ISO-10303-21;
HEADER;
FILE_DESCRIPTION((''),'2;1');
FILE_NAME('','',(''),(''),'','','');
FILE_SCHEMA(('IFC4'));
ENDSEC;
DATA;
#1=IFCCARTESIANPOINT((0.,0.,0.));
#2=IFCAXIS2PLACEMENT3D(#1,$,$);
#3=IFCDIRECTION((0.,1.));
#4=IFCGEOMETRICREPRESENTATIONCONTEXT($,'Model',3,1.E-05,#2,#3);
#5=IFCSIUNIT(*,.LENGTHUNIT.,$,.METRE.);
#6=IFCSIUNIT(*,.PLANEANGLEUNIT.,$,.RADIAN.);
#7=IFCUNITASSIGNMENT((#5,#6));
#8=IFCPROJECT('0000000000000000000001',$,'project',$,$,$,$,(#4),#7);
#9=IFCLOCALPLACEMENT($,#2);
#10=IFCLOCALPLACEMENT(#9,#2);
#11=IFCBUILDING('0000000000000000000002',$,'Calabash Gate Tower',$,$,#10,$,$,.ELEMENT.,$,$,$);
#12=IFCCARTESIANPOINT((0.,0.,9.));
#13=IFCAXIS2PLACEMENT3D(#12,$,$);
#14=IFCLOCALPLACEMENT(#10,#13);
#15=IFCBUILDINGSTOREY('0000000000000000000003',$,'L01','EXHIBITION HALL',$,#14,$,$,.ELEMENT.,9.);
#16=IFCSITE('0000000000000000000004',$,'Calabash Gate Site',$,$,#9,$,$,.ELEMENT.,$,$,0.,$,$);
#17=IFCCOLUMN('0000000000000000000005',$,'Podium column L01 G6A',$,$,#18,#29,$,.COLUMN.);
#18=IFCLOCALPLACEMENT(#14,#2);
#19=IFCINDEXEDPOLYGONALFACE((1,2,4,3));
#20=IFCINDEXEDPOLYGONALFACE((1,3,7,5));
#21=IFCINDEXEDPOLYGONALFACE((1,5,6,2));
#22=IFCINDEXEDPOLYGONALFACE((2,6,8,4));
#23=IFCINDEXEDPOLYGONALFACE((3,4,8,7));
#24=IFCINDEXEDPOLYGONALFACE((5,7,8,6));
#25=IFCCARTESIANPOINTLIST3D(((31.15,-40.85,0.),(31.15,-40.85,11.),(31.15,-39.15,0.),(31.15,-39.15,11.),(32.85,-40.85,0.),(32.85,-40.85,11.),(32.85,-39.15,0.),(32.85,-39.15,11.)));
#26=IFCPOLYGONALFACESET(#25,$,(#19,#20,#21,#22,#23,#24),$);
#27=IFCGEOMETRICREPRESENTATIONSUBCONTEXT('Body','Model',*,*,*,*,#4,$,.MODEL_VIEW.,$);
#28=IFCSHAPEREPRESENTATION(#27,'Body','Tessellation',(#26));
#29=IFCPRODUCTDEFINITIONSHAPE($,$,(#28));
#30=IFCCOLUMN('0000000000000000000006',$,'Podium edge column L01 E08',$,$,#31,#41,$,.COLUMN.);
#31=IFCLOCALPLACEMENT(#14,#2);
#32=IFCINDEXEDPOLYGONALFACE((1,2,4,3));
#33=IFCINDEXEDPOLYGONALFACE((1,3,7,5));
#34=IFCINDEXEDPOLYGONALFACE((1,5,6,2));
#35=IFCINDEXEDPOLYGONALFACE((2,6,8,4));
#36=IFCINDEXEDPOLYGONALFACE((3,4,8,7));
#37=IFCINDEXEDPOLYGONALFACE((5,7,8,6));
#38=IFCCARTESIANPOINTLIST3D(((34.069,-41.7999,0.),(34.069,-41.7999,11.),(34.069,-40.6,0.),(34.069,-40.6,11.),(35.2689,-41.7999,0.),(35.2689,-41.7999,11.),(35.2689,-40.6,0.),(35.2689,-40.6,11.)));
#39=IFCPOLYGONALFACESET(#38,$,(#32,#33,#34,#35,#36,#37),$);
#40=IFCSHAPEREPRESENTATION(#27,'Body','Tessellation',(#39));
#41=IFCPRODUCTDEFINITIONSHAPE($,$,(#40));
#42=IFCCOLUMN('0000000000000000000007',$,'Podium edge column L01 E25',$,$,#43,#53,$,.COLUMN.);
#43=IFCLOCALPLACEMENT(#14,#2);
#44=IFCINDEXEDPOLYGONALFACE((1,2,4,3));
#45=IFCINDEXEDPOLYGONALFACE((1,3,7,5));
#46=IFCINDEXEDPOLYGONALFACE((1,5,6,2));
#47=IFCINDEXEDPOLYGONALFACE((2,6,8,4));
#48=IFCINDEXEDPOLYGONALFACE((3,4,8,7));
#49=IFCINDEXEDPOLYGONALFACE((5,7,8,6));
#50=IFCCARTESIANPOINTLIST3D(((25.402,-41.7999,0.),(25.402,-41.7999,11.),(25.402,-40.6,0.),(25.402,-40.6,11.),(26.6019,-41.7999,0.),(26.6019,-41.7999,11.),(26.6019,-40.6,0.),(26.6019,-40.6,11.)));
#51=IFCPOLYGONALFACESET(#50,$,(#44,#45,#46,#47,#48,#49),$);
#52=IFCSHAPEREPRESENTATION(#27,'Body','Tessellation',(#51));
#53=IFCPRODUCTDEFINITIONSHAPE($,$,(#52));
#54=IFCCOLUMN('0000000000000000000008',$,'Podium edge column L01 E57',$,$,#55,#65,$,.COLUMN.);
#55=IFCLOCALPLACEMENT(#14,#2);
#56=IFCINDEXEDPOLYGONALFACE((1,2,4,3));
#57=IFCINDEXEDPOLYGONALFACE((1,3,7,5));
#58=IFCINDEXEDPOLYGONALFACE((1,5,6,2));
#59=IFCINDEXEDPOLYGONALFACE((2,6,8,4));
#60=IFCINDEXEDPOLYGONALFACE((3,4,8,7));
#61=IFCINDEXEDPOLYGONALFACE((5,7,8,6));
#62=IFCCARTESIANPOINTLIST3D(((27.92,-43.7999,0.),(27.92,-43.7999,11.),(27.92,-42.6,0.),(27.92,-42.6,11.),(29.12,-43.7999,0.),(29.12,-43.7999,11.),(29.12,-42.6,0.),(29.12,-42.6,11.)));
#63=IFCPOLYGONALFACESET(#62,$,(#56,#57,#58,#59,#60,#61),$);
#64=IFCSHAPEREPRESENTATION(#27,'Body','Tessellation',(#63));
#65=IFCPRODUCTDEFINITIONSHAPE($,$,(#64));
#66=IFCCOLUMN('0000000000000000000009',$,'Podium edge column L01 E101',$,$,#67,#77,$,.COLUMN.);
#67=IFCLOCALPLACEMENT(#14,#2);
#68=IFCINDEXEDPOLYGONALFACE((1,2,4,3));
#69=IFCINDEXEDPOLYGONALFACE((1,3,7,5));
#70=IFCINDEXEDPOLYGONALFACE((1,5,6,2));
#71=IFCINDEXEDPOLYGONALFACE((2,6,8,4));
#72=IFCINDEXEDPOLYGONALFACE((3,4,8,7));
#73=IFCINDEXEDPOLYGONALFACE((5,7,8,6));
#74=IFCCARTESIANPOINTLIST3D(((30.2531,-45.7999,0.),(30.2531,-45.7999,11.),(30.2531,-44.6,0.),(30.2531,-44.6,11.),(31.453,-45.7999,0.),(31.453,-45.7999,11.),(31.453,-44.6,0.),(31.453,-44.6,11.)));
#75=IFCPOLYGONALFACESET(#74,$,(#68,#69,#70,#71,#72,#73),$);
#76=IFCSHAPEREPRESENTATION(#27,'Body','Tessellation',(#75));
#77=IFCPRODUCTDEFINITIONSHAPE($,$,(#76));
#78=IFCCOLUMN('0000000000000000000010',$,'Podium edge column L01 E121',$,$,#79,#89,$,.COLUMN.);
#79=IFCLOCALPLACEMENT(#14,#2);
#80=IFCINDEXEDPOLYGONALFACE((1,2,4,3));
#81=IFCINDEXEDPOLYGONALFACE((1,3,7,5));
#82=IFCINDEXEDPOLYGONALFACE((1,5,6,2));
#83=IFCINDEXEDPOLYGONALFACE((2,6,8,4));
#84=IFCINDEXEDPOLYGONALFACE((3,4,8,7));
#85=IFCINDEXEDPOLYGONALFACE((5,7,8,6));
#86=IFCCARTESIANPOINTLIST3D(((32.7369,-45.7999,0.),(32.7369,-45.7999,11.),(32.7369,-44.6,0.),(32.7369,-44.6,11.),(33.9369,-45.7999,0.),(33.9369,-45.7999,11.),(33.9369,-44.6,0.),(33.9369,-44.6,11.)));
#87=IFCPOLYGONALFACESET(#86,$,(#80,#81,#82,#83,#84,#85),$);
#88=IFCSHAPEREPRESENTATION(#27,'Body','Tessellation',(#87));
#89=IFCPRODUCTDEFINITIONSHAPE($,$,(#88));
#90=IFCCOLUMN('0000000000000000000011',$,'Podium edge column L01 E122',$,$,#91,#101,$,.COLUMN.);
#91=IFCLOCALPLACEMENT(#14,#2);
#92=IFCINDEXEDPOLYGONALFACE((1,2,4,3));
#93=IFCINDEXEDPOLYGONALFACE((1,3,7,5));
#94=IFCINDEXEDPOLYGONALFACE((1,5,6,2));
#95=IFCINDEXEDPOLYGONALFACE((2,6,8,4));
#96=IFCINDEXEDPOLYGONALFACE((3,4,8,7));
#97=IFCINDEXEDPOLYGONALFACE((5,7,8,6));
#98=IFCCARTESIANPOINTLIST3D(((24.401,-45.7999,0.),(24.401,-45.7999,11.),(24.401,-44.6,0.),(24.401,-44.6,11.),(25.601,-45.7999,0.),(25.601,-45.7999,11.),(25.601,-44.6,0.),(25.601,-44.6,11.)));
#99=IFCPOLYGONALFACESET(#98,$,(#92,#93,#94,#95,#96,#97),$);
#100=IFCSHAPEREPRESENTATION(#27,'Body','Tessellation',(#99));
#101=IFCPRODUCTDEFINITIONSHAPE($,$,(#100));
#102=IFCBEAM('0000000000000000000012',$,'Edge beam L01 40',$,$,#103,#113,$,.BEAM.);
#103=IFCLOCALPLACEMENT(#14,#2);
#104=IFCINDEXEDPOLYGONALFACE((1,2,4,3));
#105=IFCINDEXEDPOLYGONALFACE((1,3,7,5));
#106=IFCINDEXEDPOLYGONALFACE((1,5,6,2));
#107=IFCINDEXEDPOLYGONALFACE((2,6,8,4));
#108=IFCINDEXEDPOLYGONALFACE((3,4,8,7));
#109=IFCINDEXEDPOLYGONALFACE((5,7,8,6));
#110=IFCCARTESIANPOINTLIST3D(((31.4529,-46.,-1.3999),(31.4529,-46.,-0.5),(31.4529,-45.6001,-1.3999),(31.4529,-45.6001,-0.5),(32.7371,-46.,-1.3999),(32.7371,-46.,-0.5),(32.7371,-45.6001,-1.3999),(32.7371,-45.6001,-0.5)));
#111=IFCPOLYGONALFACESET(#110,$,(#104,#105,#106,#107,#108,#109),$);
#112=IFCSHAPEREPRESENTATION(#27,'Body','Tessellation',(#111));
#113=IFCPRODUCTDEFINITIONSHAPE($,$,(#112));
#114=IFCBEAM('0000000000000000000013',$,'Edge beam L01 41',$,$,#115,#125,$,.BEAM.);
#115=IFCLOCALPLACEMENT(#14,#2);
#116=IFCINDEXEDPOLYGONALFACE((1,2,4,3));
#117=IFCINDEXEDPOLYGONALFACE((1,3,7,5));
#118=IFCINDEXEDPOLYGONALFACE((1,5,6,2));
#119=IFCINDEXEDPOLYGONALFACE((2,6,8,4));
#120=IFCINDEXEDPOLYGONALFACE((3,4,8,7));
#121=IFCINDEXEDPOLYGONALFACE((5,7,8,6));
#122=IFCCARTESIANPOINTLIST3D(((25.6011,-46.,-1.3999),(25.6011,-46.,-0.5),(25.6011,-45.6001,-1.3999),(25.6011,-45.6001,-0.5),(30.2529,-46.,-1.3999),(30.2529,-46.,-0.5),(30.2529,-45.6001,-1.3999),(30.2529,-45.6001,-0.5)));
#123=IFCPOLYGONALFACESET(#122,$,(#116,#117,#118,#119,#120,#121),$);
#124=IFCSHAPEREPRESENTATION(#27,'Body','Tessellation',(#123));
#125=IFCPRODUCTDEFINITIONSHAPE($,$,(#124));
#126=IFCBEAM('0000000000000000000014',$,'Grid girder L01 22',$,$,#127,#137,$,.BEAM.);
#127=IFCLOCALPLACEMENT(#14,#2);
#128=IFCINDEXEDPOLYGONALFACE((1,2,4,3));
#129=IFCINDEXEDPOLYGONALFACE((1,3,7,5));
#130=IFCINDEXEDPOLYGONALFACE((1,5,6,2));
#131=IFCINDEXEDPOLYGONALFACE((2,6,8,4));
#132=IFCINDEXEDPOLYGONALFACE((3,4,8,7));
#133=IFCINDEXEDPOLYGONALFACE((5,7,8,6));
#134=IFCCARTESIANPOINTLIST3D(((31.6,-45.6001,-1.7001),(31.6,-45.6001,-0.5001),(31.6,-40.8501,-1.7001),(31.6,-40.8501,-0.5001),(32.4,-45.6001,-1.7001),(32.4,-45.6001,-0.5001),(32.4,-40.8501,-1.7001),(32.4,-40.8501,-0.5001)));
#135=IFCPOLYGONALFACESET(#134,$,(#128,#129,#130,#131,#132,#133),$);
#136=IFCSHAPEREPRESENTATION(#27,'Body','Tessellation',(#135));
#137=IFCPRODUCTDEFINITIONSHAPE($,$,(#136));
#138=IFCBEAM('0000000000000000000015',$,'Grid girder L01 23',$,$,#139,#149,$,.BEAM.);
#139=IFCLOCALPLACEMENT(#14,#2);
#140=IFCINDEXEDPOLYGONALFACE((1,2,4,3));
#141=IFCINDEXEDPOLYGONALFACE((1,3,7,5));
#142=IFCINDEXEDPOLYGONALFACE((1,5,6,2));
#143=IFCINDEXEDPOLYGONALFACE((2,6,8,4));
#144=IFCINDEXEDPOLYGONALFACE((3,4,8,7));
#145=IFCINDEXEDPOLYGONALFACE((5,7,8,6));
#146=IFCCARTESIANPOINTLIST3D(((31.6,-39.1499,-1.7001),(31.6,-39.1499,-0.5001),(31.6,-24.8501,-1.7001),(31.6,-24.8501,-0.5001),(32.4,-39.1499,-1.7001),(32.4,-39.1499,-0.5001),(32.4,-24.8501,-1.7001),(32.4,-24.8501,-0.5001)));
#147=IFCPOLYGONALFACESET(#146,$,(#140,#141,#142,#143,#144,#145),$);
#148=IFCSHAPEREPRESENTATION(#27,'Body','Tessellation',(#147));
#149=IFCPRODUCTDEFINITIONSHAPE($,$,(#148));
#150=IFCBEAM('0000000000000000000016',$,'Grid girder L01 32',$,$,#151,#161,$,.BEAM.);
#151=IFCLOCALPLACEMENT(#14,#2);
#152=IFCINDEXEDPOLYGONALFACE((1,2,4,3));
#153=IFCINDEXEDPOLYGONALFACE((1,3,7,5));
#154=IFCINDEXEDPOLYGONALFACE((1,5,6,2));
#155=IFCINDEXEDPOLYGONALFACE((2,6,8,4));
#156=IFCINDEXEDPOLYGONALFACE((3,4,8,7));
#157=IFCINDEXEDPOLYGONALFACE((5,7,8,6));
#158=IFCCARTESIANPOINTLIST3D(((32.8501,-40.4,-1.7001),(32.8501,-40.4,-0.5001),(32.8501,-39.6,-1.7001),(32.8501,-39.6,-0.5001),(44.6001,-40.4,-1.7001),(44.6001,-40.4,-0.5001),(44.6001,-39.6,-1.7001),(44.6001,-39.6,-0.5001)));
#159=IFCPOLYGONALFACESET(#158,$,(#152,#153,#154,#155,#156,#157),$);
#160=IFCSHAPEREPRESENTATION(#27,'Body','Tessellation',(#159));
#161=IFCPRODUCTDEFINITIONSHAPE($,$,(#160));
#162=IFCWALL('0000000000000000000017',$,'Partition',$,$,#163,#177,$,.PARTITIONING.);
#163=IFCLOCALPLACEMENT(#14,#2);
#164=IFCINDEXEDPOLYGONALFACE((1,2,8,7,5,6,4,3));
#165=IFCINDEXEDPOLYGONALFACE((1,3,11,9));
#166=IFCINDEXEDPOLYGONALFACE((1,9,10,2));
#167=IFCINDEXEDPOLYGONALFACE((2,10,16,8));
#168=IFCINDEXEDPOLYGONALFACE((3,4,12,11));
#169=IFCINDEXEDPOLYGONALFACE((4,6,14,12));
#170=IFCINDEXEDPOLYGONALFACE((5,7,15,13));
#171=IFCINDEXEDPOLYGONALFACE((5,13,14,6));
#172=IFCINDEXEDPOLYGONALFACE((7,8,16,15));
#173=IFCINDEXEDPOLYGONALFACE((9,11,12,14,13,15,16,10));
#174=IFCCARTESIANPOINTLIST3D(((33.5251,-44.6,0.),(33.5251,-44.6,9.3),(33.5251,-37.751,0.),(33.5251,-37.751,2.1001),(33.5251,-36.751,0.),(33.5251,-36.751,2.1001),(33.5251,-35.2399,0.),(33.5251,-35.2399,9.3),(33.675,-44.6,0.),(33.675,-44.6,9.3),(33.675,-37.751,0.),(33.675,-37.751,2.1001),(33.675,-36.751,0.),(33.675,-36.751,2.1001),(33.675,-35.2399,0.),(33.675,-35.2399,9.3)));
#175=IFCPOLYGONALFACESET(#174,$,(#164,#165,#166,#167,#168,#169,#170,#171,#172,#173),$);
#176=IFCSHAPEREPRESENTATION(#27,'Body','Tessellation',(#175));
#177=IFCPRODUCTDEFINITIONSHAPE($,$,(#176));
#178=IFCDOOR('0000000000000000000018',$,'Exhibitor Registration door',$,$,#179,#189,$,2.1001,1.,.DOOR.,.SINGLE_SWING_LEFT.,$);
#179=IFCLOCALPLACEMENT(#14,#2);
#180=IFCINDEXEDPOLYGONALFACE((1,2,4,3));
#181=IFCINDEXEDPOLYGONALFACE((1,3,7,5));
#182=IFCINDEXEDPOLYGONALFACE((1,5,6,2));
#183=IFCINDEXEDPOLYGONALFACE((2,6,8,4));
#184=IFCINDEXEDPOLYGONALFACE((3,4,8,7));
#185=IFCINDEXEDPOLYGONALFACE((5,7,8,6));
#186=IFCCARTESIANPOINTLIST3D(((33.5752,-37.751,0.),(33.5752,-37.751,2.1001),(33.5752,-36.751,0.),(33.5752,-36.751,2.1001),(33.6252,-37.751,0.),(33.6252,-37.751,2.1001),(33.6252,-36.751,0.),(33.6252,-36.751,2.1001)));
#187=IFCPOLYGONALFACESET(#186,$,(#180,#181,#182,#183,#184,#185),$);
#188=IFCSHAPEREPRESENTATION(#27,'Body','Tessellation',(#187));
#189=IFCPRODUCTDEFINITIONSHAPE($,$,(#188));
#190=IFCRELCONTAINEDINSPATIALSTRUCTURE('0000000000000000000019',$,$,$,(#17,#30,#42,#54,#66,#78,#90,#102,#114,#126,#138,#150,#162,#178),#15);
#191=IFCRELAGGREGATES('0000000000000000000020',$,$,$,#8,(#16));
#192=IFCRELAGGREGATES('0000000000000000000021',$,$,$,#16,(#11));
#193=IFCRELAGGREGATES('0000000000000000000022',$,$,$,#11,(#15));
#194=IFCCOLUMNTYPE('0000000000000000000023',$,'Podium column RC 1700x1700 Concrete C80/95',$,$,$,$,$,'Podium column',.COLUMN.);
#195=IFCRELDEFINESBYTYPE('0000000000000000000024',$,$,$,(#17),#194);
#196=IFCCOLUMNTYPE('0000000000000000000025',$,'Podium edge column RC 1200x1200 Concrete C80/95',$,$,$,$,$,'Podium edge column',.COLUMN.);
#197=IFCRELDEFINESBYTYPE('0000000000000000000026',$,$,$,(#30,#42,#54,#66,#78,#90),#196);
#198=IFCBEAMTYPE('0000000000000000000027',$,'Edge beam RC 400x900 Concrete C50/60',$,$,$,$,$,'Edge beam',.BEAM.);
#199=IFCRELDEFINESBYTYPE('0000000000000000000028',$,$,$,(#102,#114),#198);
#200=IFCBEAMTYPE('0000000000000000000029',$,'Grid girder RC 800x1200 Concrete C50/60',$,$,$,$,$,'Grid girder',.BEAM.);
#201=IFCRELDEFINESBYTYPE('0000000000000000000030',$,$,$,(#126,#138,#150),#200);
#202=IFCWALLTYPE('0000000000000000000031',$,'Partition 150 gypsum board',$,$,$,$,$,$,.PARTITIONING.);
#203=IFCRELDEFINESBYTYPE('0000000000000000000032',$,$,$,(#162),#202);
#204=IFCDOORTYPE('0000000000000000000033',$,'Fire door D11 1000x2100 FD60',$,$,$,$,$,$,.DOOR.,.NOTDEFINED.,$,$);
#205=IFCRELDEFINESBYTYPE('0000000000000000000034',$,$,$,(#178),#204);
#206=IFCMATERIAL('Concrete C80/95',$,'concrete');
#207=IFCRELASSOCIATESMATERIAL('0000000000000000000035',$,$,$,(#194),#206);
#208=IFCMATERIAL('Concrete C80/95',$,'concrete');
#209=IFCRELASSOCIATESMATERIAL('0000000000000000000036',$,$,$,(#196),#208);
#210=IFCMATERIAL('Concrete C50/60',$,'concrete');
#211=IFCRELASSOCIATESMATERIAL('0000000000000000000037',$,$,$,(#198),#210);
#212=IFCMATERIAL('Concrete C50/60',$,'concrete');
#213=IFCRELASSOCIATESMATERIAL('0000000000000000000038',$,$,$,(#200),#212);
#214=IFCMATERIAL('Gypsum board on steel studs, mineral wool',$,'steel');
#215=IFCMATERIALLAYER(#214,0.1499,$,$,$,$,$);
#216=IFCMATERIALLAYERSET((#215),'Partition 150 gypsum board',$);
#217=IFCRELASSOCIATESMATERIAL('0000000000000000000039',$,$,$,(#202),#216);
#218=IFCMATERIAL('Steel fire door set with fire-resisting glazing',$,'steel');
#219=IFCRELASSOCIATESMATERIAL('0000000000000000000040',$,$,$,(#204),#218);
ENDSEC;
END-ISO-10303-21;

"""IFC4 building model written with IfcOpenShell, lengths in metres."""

from ifc_helpers import new_model, si_unit, direction, frame, frame_2d, origin, origin_2d, place, context, subcontext, project, spatial, rectangle, extrude, material, layer, layer_set, material_profile, profile_set, type_object, element, fill, save


model = new_model("IFC4")

# Units and contexts
model_context = context("Model", 3, precision=1e-05, world=origin(), true_north=direction((0.0, 1.0)))
body_context = subcontext(model_context, "Body", "Model", "MODEL_VIEW")
ifc_project = project(units=[si_unit("LENGTHUNIT", "METRE"), si_unit("PLANEANGLEUNIT", "RADIAN")], contexts=[model_context])

# Site, building, storey
site_placement = place(None, origin())
site = spatial("IfcSite", under=ifc_project, at=site_placement, Name="Calabash Gate Site", CompositionType="ELEMENT", RefElevation=0.0)
building_placement = place(site_placement, origin())
building = spatial("IfcBuilding", under=site, at=building_placement, Name="Calabash Gate Tower", CompositionType="ELEMENT")
storey_placement = place(building_placement, frame((0.0, 0.0, 9.0)))
storey = spatial("IfcBuildingStorey", under=building, at=storey_placement, Name="L01", Description="EXHIBITION HALL", CompositionType="ELEMENT", Elevation=9.0)

# Columns
ifc_material_1 = material(Name="Concrete C80/95", Category="concrete")
ifc_material_profile_1 = material_profile(ifc_material_1, rectangle(XDim=1.7, YDim=1.7, at=origin_2d()))
ifc_profile_set_1 = profile_set([ifc_material_profile_1], Name="Concrete C80/95")
column_type_1 = type_object("IfcColumnType", Name="Podium column RC 1700x1700 Concrete C80/95", ElementType="Podium column", PredefinedType="COLUMN", material=ifc_profile_set_1)
column_placement = place(storey_placement, frame((32.0, -40.0, 0.0), z_axis=(0.0, 0.0, 1.0), x_axis=(1.0, 0.0, 0.0)))
element("IfcColumn", 1, at=column_placement, inside=storey, type_object=column_type_1, Name="Podium column L01 G6A", PredefinedType="COLUMN", context=body_context, shape_type="SweptSolid", body=[
    extrude(rectangle(XDim=1.7, YDim=1.7, at=origin_2d()), origin(), (0.0, 0.0, 1.0), 11.0),
])
ifc_material_2 = material(Name="Concrete C80/95", Category="concrete")
ifc_material_profile_2 = material_profile(ifc_material_2, rectangle(XDim=1.2, YDim=1.2, at=origin_2d()))
ifc_profile_set_2 = profile_set([ifc_material_profile_2], Name="Concrete C80/95")
column_type_2 = type_object("IfcColumnType", Name="Podium edge column RC 1200x1200 Concrete C80/95", ElementType="Podium edge column", PredefinedType="COLUMN", material=ifc_profile_set_2)
for number, where, z_axis, x_axis, name in (
    (2, (34.6689, -41.2, 0.0), (0.0, 0.0, 1.0), (1.0, 0.0, 0.0), "Podium edge column L01 E08"),
    (3, (26.002, -41.2, 0.0), (0.0, 0.0, 1.0), (1.0, 0.0, 0.0), "Podium edge column L01 E25"),
    (4, (28.52, -43.2, 0.0), (0.0, 0.0, 1.0), (1.0, 0.0, 0.0), "Podium edge column L01 E57"),
    (5, (30.853, -45.2, 0.0), (0.0, 0.0, 1.0), (1.0, 0.0, 0.0), "Podium edge column L01 E101"),
    (6, (33.3369, -45.2, 0.0), (0.0, 0.0, 1.0), (1.0, 0.0, 0.0), "Podium edge column L01 E121"),
    (7, (25.001, -45.2, 0.0), (0.0, 0.0, 1.0), (1.0, 0.0, 0.0), "Podium edge column L01 E122"),
):
    element("IfcColumn", number, at=place(storey_placement, frame(where, z_axis=z_axis, x_axis=x_axis)), inside=storey, type_object=column_type_2, Name=name, PredefinedType="COLUMN", context=body_context, shape_type="SweptSolid", body=[
        extrude(rectangle(XDim=1.2, YDim=1.2, at=origin_2d()), origin(), (0.0, 0.0, 1.0), 11.0),
    ])

# Beams
ifc_material_3 = material(Name="Concrete C50/60", Category="concrete")
ifc_material_profile_3 = material_profile(ifc_material_3, rectangle(XDim=0.3999, YDim=0.8999, at=origin_2d()))
ifc_profile_set_3 = profile_set([ifc_material_profile_3], Name="Concrete C50/60")
beam_type_1 = type_object("IfcBeamType", Name="Edge beam RC 400x900 Concrete C50/60", ElementType="Edge beam", PredefinedType="BEAM", material=ifc_profile_set_3)
beam_1_placement = place(storey_placement, frame((32.7371, -45.8, -0.95), z_axis=(-1.0, 0.0, 0.0), x_axis=(0.0, -1.0, 0.0)))
element("IfcBeam", 8, at=beam_1_placement, inside=storey, type_object=beam_type_1, Name="Edge beam L01 40", PredefinedType="BEAM", context=body_context, shape_type="SweptSolid", body=[
    extrude(rectangle(XDim=0.3999, YDim=0.8999, at=origin_2d()), origin(), (0.0, 0.0, 1.0), 1.2842),
])
beam_2_placement = place(storey_placement, frame((30.2529, -45.8, -0.95), z_axis=(-1.0, 0.0, 0.0), x_axis=(0.0, -1.0, 0.0)))
element("IfcBeam", 9, at=beam_2_placement, inside=storey, type_object=beam_type_1, Name="Edge beam L01 41", PredefinedType="BEAM", context=body_context, shape_type="SweptSolid", body=[
    extrude(rectangle(XDim=0.3999, YDim=0.8999, at=origin_2d()), origin(), (0.0, 0.0, 1.0), 4.6519),
])
ifc_material_4 = material(Name="Concrete C50/60", Category="concrete")
ifc_material_profile_4 = material_profile(ifc_material_4, rectangle(XDim=0.8, YDim=1.2, at=origin_2d()))
ifc_profile_set_4 = profile_set([ifc_material_profile_4], Name="Concrete C50/60")
beam_type_2 = type_object("IfcBeamType", Name="Grid girder RC 800x1200 Concrete C50/60", ElementType="Grid girder", PredefinedType="BEAM", material=ifc_profile_set_4)
beam_3_placement = place(storey_placement, frame((32.0, -45.6001, -1.1001), z_axis=(0.0, 1.0, 0.0), x_axis=(-1.0, 0.0, 0.0)))
element("IfcBeam", 10, at=beam_3_placement, inside=storey, type_object=beam_type_2, Name="Grid girder L01 22", PredefinedType="BEAM", context=body_context, shape_type="SweptSolid", body=[
    extrude(rectangle(XDim=0.8, YDim=1.2, at=origin_2d()), origin(), (0.0, 0.0, 1.0), 4.75),
])
beam_4_placement = place(storey_placement, frame((32.0, -39.1499, -1.1001), z_axis=(0.0, 1.0, 0.0), x_axis=(-1.0, 0.0, 0.0)))
element("IfcBeam", 11, at=beam_4_placement, inside=storey, type_object=beam_type_2, Name="Grid girder L01 23", PredefinedType="BEAM", context=body_context, shape_type="SweptSolid", body=[
    extrude(rectangle(XDim=0.8, YDim=1.2, at=origin_2d()), origin(), (0.0, 0.0, 1.0), 14.2998),
])
beam_5_placement = place(storey_placement, frame((32.8501, -40.0, -1.1001), z_axis=(1.0, 0.0, 0.0), x_axis=(0.0, 1.0, 0.0)))
element("IfcBeam", 12, at=beam_5_placement, inside=storey, type_object=beam_type_2, Name="Grid girder L01 32", PredefinedType="BEAM", context=body_context, shape_type="SweptSolid", body=[
    extrude(rectangle(XDim=0.8, YDim=1.2, at=origin_2d()), origin(), (0.0, 0.0, 1.0), 11.75),
])

# Wall, opening, door
ifc_material_5 = material(Name="Gypsum board on steel studs, mineral wool", Category="steel")
ifc_layer_1 = layer(ifc_material_5, 0.1499)
ifc_layer_set_1 = layer_set([ifc_layer_1], Name="Partition 150 gypsum board")
wall_type_1 = type_object("IfcWallType", Name="Partition 150 gypsum board", PredefinedType="PARTITIONING", material=ifc_layer_set_1)
wall_1_placement = place(storey_placement, frame((33.6001, -44.6001, 0.0), z_axis=(0.0, 0.0, 1.0), x_axis=(0.0, 1.0, 0.0)))
wall_1 = element("IfcWall", 13, at=wall_1_placement, inside=storey, type_object=wall_type_1, Name="Partition", PredefinedType="PARTITIONING", context=body_context, shape_type="SweptSolid", body=[
    extrude(rectangle(XDim=9.3601, YDim=0.1499, at=frame_2d((4.6802, 0.0))), origin(), (0.0, 0.0, 1.0), 9.3),
])
opening_1_placement = place(wall_1_placement, frame((6.8491, 0.0, 0.0)))
opening_1 = element("IfcOpeningElement", 14, at=opening_1_placement, cuts=wall_1, PredefinedType="OPENING", context=body_context, shape_type="SweptSolid", body=[
    extrude(rectangle(XDim=1.0, YDim=2.1001, at=frame_2d((0.5, 1.05))), frame((0.0, 0.085, 0.0), z_axis=(0.0, -1.0, 0.0), x_axis=(1.0, 0.0, 0.0)), (0.0, 0.0, 1.0), 0.1699),
])
ifc_material_6 = material(Name="Steel fire door set with fire-resisting glazing", Category="steel")
door_type_1 = type_object("IfcDoorType", Name="Fire door D11 1000x2100 FD60", OperationType="NOTDEFINED", PredefinedType="DOOR", material=ifc_material_6)
door_1_placement = place(opening_1_placement, origin())
door_1 = element("IfcDoor", 15, at=door_1_placement, inside=storey, type_object=door_type_1, Name="Exhibitor Registration door", OperationType="SINGLE_SWING_LEFT", OverallHeight=2.1001, OverallWidth=1.0, PredefinedType="DOOR", context=body_context, shape_type="SweptSolid", body=[
    extrude(rectangle(XDim=1.0, YDim=2.1001, at=frame_2d((0.5, 1.05))), frame((0.0, 0.0249, 0.0), z_axis=(0.0, -1.0, 0.0), x_axis=(1.0, 0.0, 0.0)), (0.0, 0.0, 1.0), 0.05),
])
fill(opening_1, door_1)

save(model, "model.ifc")
